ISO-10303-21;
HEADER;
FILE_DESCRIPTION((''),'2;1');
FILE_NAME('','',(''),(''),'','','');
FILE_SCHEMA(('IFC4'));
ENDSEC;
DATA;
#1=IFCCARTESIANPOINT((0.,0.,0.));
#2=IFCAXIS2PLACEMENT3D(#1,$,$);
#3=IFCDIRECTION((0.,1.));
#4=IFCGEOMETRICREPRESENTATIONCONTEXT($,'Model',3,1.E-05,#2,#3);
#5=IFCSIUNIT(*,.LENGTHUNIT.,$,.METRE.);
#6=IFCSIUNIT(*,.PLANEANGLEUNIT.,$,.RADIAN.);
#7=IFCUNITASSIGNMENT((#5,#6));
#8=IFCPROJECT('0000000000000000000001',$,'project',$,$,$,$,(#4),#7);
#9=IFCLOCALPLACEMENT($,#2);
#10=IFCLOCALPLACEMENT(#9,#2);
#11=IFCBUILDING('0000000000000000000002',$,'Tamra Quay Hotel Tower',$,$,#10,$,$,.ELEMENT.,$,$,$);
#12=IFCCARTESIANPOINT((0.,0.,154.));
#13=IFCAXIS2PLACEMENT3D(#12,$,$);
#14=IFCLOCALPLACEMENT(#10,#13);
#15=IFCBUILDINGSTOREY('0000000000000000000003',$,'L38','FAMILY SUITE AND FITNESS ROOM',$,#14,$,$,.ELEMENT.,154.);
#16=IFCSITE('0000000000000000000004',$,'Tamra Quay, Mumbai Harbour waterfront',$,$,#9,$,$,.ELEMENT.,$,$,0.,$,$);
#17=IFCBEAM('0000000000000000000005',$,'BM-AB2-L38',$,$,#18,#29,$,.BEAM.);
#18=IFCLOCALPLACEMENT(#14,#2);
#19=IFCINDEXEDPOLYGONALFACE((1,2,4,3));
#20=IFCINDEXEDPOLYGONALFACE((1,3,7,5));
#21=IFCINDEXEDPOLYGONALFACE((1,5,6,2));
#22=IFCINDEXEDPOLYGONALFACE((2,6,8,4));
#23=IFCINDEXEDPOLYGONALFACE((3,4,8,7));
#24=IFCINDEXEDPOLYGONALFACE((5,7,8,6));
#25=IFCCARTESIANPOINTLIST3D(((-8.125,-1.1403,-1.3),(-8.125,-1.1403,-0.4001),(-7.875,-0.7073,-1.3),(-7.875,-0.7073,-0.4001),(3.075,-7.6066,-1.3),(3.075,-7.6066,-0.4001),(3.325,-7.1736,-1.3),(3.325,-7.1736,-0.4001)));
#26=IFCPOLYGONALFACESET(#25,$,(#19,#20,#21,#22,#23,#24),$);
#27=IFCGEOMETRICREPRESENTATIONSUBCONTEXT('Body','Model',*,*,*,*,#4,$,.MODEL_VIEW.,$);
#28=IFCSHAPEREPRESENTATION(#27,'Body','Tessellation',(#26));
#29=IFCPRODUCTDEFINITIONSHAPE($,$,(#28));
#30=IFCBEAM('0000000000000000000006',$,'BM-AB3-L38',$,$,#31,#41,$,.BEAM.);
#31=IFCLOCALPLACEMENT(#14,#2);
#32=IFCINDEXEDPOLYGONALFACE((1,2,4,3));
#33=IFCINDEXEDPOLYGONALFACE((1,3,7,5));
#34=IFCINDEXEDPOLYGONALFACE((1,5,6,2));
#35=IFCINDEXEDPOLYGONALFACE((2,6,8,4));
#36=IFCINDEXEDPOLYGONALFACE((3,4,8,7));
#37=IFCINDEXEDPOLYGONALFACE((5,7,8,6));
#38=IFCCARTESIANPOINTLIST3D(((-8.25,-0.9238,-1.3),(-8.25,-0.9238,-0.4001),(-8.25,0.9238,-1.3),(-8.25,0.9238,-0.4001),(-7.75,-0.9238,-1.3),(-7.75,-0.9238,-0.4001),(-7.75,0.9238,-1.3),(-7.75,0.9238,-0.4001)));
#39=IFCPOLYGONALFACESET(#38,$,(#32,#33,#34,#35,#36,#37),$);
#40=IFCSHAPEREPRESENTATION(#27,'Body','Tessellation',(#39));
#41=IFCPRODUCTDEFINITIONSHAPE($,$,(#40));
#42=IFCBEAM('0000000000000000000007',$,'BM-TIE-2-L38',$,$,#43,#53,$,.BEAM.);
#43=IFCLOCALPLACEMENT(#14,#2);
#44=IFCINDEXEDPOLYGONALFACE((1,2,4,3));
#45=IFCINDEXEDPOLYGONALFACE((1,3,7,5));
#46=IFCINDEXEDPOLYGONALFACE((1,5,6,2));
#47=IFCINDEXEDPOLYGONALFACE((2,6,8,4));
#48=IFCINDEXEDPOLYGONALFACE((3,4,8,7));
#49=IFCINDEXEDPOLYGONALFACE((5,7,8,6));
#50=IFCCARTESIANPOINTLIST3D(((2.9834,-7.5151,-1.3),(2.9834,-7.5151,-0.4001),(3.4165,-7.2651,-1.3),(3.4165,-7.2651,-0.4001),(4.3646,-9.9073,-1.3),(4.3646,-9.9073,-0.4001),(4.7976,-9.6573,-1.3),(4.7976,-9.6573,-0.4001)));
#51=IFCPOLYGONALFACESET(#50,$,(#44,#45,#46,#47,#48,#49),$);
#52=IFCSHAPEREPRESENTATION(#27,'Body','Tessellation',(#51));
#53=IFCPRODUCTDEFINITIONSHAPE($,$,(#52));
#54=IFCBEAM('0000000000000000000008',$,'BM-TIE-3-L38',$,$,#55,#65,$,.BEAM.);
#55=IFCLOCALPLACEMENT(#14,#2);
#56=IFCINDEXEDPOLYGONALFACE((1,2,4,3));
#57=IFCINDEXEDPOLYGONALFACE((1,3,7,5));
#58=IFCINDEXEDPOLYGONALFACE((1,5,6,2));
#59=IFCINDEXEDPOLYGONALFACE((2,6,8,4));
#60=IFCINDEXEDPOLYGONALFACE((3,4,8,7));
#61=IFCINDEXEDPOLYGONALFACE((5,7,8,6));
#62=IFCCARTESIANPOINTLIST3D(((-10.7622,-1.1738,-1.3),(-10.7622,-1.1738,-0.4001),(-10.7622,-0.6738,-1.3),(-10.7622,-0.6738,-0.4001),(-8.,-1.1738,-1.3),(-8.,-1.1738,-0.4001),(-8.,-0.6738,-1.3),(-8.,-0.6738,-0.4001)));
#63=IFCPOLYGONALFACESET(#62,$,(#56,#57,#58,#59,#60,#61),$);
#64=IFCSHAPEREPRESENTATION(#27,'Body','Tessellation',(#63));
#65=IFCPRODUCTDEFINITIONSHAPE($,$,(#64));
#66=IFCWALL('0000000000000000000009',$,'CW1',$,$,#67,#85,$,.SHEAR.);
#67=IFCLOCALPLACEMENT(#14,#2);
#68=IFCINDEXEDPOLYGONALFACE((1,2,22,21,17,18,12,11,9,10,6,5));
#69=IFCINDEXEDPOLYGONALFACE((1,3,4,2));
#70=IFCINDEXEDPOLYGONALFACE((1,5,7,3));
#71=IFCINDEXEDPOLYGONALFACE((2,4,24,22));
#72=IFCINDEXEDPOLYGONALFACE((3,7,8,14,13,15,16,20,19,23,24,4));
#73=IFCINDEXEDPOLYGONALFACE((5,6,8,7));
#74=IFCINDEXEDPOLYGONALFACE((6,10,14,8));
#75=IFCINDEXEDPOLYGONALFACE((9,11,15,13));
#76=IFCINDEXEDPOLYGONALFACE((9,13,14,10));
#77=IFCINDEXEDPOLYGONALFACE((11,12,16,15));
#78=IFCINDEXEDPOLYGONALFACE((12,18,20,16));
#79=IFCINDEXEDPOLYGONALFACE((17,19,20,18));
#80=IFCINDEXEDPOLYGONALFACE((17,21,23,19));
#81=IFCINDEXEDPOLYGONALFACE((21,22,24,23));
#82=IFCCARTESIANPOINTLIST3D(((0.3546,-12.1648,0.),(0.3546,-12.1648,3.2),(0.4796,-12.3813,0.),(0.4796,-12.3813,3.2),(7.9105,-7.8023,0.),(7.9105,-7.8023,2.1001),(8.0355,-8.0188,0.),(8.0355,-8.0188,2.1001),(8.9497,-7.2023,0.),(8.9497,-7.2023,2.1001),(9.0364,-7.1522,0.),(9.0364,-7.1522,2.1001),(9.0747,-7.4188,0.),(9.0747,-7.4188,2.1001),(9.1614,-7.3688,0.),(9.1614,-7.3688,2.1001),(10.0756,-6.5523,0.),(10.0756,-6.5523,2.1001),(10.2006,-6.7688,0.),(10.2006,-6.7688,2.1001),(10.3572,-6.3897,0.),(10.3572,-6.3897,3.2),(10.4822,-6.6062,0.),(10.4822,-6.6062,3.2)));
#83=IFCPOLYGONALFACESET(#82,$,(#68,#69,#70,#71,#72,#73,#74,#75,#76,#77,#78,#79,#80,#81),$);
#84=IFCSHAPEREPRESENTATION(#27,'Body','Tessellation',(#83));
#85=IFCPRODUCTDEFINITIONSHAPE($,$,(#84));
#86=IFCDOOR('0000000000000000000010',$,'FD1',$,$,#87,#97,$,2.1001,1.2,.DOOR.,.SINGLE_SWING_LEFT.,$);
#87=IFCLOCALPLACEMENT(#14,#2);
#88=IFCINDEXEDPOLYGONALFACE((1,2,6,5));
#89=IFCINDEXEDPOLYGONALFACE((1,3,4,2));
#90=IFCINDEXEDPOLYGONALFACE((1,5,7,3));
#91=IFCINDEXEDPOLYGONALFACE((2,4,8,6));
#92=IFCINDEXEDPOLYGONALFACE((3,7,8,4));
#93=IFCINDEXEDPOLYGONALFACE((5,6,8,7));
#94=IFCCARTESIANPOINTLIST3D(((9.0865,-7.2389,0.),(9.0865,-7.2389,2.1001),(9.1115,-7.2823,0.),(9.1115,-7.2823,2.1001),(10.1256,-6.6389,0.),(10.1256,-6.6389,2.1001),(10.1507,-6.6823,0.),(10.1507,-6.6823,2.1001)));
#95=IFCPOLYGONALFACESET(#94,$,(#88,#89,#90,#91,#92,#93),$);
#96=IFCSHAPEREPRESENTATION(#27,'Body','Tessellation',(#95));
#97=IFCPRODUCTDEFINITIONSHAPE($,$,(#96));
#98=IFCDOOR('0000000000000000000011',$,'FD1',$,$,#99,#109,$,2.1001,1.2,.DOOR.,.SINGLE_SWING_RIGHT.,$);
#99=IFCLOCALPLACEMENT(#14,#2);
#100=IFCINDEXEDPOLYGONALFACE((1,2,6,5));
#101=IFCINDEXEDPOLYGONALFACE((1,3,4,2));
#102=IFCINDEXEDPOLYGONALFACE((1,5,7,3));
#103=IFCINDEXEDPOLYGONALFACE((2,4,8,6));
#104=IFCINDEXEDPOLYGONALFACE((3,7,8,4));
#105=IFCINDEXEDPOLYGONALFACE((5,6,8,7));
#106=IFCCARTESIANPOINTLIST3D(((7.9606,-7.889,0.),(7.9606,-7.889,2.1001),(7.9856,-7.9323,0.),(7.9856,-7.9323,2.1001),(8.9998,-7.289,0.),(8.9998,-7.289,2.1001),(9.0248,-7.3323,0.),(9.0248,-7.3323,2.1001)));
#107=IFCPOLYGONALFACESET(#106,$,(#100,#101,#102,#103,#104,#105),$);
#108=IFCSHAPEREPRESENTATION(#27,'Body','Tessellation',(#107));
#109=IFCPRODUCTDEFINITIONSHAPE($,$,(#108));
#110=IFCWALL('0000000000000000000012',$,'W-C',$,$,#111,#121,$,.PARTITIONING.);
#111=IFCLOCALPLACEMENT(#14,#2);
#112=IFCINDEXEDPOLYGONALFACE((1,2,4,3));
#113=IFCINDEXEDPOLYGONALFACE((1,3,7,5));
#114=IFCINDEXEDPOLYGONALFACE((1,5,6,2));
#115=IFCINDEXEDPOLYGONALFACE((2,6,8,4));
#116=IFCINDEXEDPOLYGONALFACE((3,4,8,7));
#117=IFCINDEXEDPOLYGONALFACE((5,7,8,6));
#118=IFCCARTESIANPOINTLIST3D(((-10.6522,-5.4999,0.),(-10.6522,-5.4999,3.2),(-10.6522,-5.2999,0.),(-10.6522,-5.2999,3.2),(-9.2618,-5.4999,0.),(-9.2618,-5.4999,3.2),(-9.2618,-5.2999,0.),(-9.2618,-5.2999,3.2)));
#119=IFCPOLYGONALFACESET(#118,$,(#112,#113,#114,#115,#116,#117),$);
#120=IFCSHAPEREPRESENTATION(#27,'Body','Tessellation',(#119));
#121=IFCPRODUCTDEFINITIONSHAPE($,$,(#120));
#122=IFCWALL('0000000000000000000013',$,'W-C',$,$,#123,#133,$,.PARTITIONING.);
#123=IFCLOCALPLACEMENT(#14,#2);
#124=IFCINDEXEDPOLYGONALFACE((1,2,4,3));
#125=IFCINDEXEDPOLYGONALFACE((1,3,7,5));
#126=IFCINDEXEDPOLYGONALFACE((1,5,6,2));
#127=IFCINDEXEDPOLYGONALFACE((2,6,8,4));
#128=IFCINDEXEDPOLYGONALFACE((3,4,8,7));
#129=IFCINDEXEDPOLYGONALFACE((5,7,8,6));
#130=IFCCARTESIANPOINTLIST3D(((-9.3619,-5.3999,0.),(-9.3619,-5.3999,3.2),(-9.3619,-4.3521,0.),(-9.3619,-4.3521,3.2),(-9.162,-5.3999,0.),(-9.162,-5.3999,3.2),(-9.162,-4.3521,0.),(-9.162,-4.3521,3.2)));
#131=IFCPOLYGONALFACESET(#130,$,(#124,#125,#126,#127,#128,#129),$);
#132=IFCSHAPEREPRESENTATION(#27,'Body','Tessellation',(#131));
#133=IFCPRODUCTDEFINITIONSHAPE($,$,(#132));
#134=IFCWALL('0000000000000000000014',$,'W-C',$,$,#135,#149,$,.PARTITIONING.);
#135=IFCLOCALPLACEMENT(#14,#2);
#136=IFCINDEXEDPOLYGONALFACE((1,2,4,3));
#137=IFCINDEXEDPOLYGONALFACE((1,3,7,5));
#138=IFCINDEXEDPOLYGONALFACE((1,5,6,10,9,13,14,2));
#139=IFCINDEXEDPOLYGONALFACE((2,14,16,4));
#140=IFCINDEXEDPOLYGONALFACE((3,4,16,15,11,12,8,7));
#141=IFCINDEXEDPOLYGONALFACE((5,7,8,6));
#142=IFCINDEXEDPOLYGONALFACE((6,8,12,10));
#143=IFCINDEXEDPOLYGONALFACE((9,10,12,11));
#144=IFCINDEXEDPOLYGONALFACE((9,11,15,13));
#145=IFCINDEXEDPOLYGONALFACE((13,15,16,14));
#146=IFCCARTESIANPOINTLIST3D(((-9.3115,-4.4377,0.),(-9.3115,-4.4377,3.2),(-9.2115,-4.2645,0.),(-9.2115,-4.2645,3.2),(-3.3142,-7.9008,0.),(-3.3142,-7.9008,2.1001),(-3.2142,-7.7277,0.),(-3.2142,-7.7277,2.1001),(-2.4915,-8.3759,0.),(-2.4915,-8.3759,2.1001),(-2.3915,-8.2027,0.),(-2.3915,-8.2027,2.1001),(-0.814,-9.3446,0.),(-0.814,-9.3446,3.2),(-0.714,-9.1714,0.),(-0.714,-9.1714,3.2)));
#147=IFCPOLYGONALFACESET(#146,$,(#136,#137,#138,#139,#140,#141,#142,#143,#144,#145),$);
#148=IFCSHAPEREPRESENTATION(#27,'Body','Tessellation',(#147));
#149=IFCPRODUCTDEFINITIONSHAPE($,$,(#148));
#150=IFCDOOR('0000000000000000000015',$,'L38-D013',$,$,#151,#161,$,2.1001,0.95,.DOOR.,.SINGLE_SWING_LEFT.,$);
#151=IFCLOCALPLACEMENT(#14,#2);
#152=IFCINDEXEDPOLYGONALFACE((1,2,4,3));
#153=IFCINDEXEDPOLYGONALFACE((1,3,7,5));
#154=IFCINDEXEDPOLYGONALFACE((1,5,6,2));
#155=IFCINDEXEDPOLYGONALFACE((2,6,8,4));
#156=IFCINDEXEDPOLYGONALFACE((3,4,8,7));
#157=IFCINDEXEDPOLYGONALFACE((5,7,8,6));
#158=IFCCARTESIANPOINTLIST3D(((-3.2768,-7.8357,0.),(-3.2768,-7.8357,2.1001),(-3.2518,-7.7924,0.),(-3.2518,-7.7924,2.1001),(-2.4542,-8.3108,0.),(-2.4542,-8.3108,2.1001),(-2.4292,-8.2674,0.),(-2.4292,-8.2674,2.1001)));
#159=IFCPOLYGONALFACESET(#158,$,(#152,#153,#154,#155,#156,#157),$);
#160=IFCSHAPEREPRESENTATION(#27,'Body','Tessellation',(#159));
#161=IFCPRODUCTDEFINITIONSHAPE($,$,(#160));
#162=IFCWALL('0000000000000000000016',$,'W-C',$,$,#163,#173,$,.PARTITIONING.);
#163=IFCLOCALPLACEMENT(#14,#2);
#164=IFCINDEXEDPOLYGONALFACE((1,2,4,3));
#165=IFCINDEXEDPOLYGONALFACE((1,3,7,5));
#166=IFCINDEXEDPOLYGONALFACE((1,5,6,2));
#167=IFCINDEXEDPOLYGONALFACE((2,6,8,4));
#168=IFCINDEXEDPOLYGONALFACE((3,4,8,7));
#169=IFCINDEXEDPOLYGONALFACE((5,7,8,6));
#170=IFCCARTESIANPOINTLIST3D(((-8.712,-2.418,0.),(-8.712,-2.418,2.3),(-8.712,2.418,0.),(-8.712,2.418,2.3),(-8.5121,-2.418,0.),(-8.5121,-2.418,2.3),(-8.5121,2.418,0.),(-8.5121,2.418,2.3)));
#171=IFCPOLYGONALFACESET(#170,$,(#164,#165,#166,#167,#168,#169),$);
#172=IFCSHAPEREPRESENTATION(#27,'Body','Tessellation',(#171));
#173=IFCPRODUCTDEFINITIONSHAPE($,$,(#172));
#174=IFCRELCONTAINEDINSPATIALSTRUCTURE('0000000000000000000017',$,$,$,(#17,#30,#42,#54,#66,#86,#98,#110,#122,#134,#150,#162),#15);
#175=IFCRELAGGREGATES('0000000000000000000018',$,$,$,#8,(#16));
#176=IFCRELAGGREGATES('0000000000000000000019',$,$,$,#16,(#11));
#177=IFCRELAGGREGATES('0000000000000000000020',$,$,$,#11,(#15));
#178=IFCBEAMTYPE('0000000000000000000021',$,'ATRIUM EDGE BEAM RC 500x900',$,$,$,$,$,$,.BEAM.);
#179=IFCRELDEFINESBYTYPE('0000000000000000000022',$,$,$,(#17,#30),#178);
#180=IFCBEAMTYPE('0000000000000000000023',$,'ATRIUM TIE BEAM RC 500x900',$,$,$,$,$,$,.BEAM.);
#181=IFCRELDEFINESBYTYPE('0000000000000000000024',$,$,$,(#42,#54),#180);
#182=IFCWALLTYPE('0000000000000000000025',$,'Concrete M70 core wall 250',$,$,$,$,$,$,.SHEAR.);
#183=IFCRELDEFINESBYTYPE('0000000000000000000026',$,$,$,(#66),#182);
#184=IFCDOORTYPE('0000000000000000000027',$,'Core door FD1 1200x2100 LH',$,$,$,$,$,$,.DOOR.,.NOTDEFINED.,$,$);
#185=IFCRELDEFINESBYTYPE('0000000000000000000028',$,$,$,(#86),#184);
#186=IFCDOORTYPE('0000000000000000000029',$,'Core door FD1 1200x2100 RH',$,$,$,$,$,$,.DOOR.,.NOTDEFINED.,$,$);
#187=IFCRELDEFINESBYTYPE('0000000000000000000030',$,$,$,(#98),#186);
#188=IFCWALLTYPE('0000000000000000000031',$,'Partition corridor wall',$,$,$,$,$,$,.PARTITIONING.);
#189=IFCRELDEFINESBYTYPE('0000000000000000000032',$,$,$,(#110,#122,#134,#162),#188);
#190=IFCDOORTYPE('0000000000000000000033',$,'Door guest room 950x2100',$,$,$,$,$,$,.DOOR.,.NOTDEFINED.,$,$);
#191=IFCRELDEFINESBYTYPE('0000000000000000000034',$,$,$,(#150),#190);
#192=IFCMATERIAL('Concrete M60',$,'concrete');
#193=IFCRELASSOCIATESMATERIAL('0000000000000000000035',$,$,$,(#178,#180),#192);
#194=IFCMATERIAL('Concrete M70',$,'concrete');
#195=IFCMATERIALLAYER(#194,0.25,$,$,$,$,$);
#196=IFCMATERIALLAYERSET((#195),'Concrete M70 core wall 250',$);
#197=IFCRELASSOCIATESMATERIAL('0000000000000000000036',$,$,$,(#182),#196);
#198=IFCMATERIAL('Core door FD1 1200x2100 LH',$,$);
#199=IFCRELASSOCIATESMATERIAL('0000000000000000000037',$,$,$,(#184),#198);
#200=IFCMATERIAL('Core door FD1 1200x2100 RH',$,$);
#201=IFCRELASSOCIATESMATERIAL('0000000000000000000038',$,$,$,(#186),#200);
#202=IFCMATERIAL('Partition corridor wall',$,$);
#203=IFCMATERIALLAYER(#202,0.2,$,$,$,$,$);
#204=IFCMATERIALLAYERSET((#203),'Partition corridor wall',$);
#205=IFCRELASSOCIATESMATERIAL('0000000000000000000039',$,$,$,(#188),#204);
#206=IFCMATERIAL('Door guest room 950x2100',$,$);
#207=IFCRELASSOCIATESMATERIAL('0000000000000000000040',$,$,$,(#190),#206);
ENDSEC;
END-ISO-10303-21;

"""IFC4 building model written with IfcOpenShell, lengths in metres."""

from ifc_helpers import new_model, si_unit, direction, frame, frame_2d, origin, origin_2d, place, context, subcontext, project, spatial, rectangle, extrude, material, layer, layer_set, material_profile, profile_set, type_object, element, fill, save


model = new_model("IFC4")

# Units and contexts
model_context = context("Model", 3, precision=1e-05, world=origin(), true_north=direction((0.0, 1.0)))
body_context = subcontext(model_context, "Body", "Model", "MODEL_VIEW")
ifc_project = project(units=[si_unit("LENGTHUNIT", "METRE"), si_unit("PLANEANGLEUNIT", "RADIAN")], contexts=[model_context])

# Site, building, storey
site_placement = place(None, origin())
site = spatial("IfcSite", under=ifc_project, at=site_placement, Name="Tamra Quay, Mumbai Harbour waterfront", CompositionType="ELEMENT", RefElevation=0.0)
building_placement = place(site_placement, origin())
building = spatial("IfcBuilding", under=site, at=building_placement, Name="Tamra Quay Hotel Tower", CompositionType="ELEMENT")
storey_placement = place(building_placement, frame((0.0, 0.0, 154.0)))
storey = spatial("IfcBuildingStorey", under=building, at=storey_placement, Name="L38", Description="FAMILY SUITE AND FITNESS ROOM", CompositionType="ELEMENT", Elevation=154.0)

# Beams
ifc_material_1 = material(Name="Concrete M60", Category="concrete")
ifc_material_profile_1 = material_profile(ifc_material_1, rectangle(XDim=0.5, YDim=0.8999, at=origin_2d()), Name="ATRIUM EDGE BEAM RC 500x900")
ifc_profile_set_1 = profile_set([ifc_material_profile_1], Name="Concrete M60")
beam_type_1 = type_object("IfcBeamType", Name="ATRIUM EDGE BEAM RC 500x900", PredefinedType="BEAM", material=ifc_profile_set_1)
beam_1_placement = place(storey_placement, frame((3.2, -7.3901, -0.8501), z_axis=(-0.866025, 0.500001, 0.0), x_axis=(-0.500001, -0.866025, 0.0)))
element("IfcBeam", 1, at=beam_1_placement, inside=storey, type_object=beam_type_1, Name="BM-AB2-L38", PredefinedType="BEAM", context=body_context, shape_type="SweptSolid", body=[
    extrude(rectangle(XDim=0.5, YDim=0.8999, at=origin_2d()), origin(), (0.0, 0.0, 1.0), 12.9326),
])
beam_2_placement = place(storey_placement, frame((-8.0, -0.9238, -0.8501), z_axis=(0.0, 1.0, 0.0), x_axis=(-1.0, 0.0, 0.0)))
element("IfcBeam", 2, at=beam_2_placement, inside=storey, type_object=beam_type_1, Name="BM-AB3-L38", PredefinedType="BEAM", context=body_context, shape_type="SweptSolid", body=[
    extrude(rectangle(XDim=0.5, YDim=0.8999, at=origin_2d()), origin(), (0.0, 0.0, 1.0), 1.8477),
])
ifc_material_profile_2 = material_profile(ifc_material_1, rectangle(XDim=0.5, YDim=0.8999, at=origin_2d()), Name="ATRIUM TIE BEAM RC 500x900")
ifc_profile_set_2 = profile_set([ifc_material_profile_2], Name="Concrete M60")
beam_type_2 = type_object("IfcBeamType", Name="ATRIUM TIE BEAM RC 500x900", PredefinedType="BEAM", material=ifc_profile_set_2)
for number, where, z_axis, x_axis, name in (
    (3, (3.2, -7.3901, -0.8501), (0.500008, -0.866021, 0.0), (0.866021, 0.500008, 0.0), "BM-TIE-2-L38"),
    (4, (-8.0, -0.9238, -0.8501), (-1.0, 0.0, 0.0), (0.0, -1.0, 0.0), "BM-TIE-3-L38"),
):
    element("IfcBeam", number, at=place(storey_placement, frame(where, z_axis=z_axis, x_axis=x_axis)), inside=storey, type_object=beam_type_2, Name=name, PredefinedType="BEAM", context=body_context, shape_type="SweptSolid", body=[
        extrude(rectangle(XDim=0.5, YDim=0.8999, at=origin_2d()), origin(), (0.0, 0.0, 1.0), 2.7622),
    ])

# Wall, openings, doors
ifc_material_2 = material(Name="Concrete M70", Category="concrete")
ifc_layer_1 = layer(ifc_material_2, 0.25)
ifc_layer_set_1 = layer_set([ifc_layer_1], Name="Concrete M70 core wall 250")
wall_type_1 = type_object("IfcWallType", Name="Concrete M70 core wall 250", PredefinedType="SHEAR", material=ifc_layer_set_1)
wall_1_placement = place(storey_placement, frame((0.4172, -12.2729, 0.0), z_axis=(0.0, 0.0, 1.0), x_axis=(0.866022, 0.500006, 0.0)))
wall_1 = element("IfcWall", 5, at=wall_1_placement, inside=storey, type_object=wall_type_1, Name="CW1", PredefinedType="SHEAR", context=body_context, shape_type="SweptSolid", body=[
    extrude(rectangle(XDim=11.55, YDim=0.25, at=frame_2d((5.7749, 0.0))), origin(), (0.0, 0.0, 1.0), 3.2),
])
opening_1_placement = place(wall_1_placement, frame((10.0247, 0.0, 0.0)))
opening_1 = element("IfcOpeningElement", 6, at=opening_1_placement, cuts=wall_1, PredefinedType="OPENING", context=body_context, shape_type="SweptSolid", body=[
    extrude(rectangle(XDim=1.2, YDim=2.1001, at=frame_2d((0.6001, 1.05))), frame((0.0, 0.135, 0.0), z_axis=(0.0, -1.0, 0.0), x_axis=(1.0, 0.0, 0.0)), (0.0, 0.0, 1.0), 0.27),
])
opening_2_placement = place(wall_1_placement, frame((8.7246, 0.0, 0.0)))
opening_2 = element("IfcOpeningElement", 7, at=opening_2_placement, cuts=wall_1, PredefinedType="OPENING", context=body_context, shape_type="SweptSolid", body=[
    extrude(rectangle(XDim=1.2, YDim=2.1001, at=frame_2d((0.6001, 1.05))), frame((0.0, 0.135, 0.0), z_axis=(0.0, -1.0, 0.0), x_axis=(1.0, 0.0, 0.0)), (0.0, 0.0, 1.0), 0.27),
])
ifc_material_3 = material(Name="Core door FD1 1200x2100 LH")
door_type_1 = type_object("IfcDoorType", Name="Core door FD1 1200x2100 LH", OperationType="NOTDEFINED", PredefinedType="DOOR", material=ifc_material_3)
door_1_placement = place(opening_1_placement, origin())
door_1 = element("IfcDoor", 8, at=door_1_placement, inside=storey, type_object=door_type_1, Name="FD1", OperationType="SINGLE_SWING_LEFT", OverallHeight=2.1001, OverallWidth=1.2, PredefinedType="DOOR", context=body_context, shape_type="SweptSolid", body=[
    extrude(rectangle(XDim=1.2, YDim=2.1001, at=frame_2d((0.6001, 1.05))), frame((0.0, 0.0249, 0.0), z_axis=(0.0, -1.0, 0.0), x_axis=(1.0, 0.0, 0.0)), (0.0, 0.0, 1.0), 0.05),
])
fill(opening_1, door_1)
ifc_material_4 = material(Name="Core door FD1 1200x2100 RH")
door_type_2 = type_object("IfcDoorType", Name="Core door FD1 1200x2100 RH", OperationType="NOTDEFINED", PredefinedType="DOOR", material=ifc_material_4)
door_2_placement = place(opening_2_placement, origin())
door_2 = element("IfcDoor", 9, at=door_2_placement, inside=storey, type_object=door_type_2, Name="FD1", OperationType="SINGLE_SWING_RIGHT", OverallHeight=2.1001, OverallWidth=1.2, PredefinedType="DOOR", context=body_context, shape_type="SweptSolid", body=[
    extrude(rectangle(XDim=1.2, YDim=2.1001, at=frame_2d((0.6001, 1.05))), frame((0.0, 0.0249, 0.0), z_axis=(0.0, -1.0, 0.0), x_axis=(1.0, 0.0, 0.0)), (0.0, 0.0, 1.0), 0.05),
])
fill(opening_2, door_2)

# Walls
ifc_material_5 = material(Name="Partition corridor wall")
ifc_layer_2 = layer(ifc_material_5, 0.2)
ifc_layer_set_2 = layer_set([ifc_layer_2], Name="Partition corridor wall")
wall_type_2 = type_object("IfcWallType", Name="Partition corridor wall", PredefinedType="PARTITIONING", material=ifc_layer_set_2)
wall_2_placement = place(storey_placement, frame((-10.6523, -5.3999, 0.0), z_axis=(0.0, 0.0, 1.0), x_axis=(1.0, 0.0, 0.0)))
element("IfcWall", 10, at=wall_2_placement, inside=storey, type_object=wall_type_2, Name="W-C", PredefinedType="PARTITIONING", context=body_context, shape_type="SweptSolid", body=[
    extrude(rectangle(XDim=1.3904, YDim=0.2, at=frame_2d((0.6953, 0.0))), origin(), (0.0, 0.0, 1.0), 3.2),
])
wall_3_placement = place(storey_placement, frame((-9.262, -5.3999, 0.0), z_axis=(0.0, 0.0, 1.0), x_axis=(0.0, 1.0, 0.0)))
element("IfcWall", 11, at=wall_3_placement, inside=storey, type_object=wall_type_2, Name="W-C", PredefinedType="PARTITIONING", context=body_context, shape_type="SweptSolid", body=[
    extrude(rectangle(XDim=1.0479, YDim=0.2, at=frame_2d((0.5239, 0.0))), origin(), (0.0, 0.0, 1.0), 3.2),
])

# Wall, opening, door
wall_4_placement = place(storey_placement, frame((-9.2615, -4.3511, 0.0), z_axis=(0.0, 0.0, 1.0), x_axis=(0.865985, -0.50007, 0.0)))
wall_4 = element("IfcWall", 12, at=wall_4_placement, inside=storey, type_object=wall_type_2, Name="W-C", PredefinedType="PARTITIONING", context=body_context, shape_type="SweptSolid", body=[
    extrude(rectangle(XDim=9.8125, YDim=0.2, at=frame_2d((4.9062, 0.0))), origin(), (0.0, 0.0, 1.0), 3.2),
])
opening_3_placement = place(wall_4_placement, frame((6.9253, 0.0, 0.0)))
opening_3 = element("IfcOpeningElement", 13, at=opening_3_placement, cuts=wall_4, PredefinedType="OPENING", context=body_context, shape_type="SweptSolid", body=[
    extrude(rectangle(XDim=0.95, YDim=2.1001, at=frame_2d((0.4751, 1.05))), frame((0.0, 0.1099, 0.0), z_axis=(0.0, -1.0, 0.0), x_axis=(1.0, 0.0, 0.0)), (0.0, 0.0, 1.0), 0.22),
])
ifc_material_6 = material(Name="Door guest room 950x2100")
door_type_3 = type_object("IfcDoorType", Name="Door guest room 950x2100", OperationType="NOTDEFINED", PredefinedType="DOOR", material=ifc_material_6)
door_3_placement = place(opening_3_placement, frame((0.95, 0.0, 0.0), z_axis=(0.0, 0.0, 1.0), x_axis=(-1.0, 0.0, 0.0)))
door_3 = element("IfcDoor", 14, at=door_3_placement, inside=storey, type_object=door_type_3, Name="L38-D013", OperationType="SINGLE_SWING_LEFT", OverallHeight=2.1001, OverallWidth=0.95, PredefinedType="DOOR", context=body_context, shape_type="SweptSolid", body=[
    extrude(rectangle(XDim=0.95, YDim=2.1001, at=frame_2d((0.4751, 1.05))), frame((0.0, 0.0249, 0.0), z_axis=(0.0, -1.0, 0.0), x_axis=(1.0, 0.0, 0.0)), (0.0, 0.0, 1.0), 0.05),
])
fill(opening_3, door_3)

# Wall
wall_5_placement = place(storey_placement, frame((-8.6121, -2.418, 0.0), z_axis=(0.0, 0.0, 1.0), x_axis=(0.0, 1.0, 0.0)))
element("IfcWall", 15, at=wall_5_placement, inside=storey, type_object=wall_type_2, Name="W-C", PredefinedType="PARTITIONING", context=body_context, shape_type="SweptSolid", body=[
    extrude(rectangle(XDim=4.8359, YDim=0.2, at=frame_2d((2.418, 0.0))), origin(), (0.0, 0.0, 1.0), 2.3),
])

save(model, "model.ifc")
